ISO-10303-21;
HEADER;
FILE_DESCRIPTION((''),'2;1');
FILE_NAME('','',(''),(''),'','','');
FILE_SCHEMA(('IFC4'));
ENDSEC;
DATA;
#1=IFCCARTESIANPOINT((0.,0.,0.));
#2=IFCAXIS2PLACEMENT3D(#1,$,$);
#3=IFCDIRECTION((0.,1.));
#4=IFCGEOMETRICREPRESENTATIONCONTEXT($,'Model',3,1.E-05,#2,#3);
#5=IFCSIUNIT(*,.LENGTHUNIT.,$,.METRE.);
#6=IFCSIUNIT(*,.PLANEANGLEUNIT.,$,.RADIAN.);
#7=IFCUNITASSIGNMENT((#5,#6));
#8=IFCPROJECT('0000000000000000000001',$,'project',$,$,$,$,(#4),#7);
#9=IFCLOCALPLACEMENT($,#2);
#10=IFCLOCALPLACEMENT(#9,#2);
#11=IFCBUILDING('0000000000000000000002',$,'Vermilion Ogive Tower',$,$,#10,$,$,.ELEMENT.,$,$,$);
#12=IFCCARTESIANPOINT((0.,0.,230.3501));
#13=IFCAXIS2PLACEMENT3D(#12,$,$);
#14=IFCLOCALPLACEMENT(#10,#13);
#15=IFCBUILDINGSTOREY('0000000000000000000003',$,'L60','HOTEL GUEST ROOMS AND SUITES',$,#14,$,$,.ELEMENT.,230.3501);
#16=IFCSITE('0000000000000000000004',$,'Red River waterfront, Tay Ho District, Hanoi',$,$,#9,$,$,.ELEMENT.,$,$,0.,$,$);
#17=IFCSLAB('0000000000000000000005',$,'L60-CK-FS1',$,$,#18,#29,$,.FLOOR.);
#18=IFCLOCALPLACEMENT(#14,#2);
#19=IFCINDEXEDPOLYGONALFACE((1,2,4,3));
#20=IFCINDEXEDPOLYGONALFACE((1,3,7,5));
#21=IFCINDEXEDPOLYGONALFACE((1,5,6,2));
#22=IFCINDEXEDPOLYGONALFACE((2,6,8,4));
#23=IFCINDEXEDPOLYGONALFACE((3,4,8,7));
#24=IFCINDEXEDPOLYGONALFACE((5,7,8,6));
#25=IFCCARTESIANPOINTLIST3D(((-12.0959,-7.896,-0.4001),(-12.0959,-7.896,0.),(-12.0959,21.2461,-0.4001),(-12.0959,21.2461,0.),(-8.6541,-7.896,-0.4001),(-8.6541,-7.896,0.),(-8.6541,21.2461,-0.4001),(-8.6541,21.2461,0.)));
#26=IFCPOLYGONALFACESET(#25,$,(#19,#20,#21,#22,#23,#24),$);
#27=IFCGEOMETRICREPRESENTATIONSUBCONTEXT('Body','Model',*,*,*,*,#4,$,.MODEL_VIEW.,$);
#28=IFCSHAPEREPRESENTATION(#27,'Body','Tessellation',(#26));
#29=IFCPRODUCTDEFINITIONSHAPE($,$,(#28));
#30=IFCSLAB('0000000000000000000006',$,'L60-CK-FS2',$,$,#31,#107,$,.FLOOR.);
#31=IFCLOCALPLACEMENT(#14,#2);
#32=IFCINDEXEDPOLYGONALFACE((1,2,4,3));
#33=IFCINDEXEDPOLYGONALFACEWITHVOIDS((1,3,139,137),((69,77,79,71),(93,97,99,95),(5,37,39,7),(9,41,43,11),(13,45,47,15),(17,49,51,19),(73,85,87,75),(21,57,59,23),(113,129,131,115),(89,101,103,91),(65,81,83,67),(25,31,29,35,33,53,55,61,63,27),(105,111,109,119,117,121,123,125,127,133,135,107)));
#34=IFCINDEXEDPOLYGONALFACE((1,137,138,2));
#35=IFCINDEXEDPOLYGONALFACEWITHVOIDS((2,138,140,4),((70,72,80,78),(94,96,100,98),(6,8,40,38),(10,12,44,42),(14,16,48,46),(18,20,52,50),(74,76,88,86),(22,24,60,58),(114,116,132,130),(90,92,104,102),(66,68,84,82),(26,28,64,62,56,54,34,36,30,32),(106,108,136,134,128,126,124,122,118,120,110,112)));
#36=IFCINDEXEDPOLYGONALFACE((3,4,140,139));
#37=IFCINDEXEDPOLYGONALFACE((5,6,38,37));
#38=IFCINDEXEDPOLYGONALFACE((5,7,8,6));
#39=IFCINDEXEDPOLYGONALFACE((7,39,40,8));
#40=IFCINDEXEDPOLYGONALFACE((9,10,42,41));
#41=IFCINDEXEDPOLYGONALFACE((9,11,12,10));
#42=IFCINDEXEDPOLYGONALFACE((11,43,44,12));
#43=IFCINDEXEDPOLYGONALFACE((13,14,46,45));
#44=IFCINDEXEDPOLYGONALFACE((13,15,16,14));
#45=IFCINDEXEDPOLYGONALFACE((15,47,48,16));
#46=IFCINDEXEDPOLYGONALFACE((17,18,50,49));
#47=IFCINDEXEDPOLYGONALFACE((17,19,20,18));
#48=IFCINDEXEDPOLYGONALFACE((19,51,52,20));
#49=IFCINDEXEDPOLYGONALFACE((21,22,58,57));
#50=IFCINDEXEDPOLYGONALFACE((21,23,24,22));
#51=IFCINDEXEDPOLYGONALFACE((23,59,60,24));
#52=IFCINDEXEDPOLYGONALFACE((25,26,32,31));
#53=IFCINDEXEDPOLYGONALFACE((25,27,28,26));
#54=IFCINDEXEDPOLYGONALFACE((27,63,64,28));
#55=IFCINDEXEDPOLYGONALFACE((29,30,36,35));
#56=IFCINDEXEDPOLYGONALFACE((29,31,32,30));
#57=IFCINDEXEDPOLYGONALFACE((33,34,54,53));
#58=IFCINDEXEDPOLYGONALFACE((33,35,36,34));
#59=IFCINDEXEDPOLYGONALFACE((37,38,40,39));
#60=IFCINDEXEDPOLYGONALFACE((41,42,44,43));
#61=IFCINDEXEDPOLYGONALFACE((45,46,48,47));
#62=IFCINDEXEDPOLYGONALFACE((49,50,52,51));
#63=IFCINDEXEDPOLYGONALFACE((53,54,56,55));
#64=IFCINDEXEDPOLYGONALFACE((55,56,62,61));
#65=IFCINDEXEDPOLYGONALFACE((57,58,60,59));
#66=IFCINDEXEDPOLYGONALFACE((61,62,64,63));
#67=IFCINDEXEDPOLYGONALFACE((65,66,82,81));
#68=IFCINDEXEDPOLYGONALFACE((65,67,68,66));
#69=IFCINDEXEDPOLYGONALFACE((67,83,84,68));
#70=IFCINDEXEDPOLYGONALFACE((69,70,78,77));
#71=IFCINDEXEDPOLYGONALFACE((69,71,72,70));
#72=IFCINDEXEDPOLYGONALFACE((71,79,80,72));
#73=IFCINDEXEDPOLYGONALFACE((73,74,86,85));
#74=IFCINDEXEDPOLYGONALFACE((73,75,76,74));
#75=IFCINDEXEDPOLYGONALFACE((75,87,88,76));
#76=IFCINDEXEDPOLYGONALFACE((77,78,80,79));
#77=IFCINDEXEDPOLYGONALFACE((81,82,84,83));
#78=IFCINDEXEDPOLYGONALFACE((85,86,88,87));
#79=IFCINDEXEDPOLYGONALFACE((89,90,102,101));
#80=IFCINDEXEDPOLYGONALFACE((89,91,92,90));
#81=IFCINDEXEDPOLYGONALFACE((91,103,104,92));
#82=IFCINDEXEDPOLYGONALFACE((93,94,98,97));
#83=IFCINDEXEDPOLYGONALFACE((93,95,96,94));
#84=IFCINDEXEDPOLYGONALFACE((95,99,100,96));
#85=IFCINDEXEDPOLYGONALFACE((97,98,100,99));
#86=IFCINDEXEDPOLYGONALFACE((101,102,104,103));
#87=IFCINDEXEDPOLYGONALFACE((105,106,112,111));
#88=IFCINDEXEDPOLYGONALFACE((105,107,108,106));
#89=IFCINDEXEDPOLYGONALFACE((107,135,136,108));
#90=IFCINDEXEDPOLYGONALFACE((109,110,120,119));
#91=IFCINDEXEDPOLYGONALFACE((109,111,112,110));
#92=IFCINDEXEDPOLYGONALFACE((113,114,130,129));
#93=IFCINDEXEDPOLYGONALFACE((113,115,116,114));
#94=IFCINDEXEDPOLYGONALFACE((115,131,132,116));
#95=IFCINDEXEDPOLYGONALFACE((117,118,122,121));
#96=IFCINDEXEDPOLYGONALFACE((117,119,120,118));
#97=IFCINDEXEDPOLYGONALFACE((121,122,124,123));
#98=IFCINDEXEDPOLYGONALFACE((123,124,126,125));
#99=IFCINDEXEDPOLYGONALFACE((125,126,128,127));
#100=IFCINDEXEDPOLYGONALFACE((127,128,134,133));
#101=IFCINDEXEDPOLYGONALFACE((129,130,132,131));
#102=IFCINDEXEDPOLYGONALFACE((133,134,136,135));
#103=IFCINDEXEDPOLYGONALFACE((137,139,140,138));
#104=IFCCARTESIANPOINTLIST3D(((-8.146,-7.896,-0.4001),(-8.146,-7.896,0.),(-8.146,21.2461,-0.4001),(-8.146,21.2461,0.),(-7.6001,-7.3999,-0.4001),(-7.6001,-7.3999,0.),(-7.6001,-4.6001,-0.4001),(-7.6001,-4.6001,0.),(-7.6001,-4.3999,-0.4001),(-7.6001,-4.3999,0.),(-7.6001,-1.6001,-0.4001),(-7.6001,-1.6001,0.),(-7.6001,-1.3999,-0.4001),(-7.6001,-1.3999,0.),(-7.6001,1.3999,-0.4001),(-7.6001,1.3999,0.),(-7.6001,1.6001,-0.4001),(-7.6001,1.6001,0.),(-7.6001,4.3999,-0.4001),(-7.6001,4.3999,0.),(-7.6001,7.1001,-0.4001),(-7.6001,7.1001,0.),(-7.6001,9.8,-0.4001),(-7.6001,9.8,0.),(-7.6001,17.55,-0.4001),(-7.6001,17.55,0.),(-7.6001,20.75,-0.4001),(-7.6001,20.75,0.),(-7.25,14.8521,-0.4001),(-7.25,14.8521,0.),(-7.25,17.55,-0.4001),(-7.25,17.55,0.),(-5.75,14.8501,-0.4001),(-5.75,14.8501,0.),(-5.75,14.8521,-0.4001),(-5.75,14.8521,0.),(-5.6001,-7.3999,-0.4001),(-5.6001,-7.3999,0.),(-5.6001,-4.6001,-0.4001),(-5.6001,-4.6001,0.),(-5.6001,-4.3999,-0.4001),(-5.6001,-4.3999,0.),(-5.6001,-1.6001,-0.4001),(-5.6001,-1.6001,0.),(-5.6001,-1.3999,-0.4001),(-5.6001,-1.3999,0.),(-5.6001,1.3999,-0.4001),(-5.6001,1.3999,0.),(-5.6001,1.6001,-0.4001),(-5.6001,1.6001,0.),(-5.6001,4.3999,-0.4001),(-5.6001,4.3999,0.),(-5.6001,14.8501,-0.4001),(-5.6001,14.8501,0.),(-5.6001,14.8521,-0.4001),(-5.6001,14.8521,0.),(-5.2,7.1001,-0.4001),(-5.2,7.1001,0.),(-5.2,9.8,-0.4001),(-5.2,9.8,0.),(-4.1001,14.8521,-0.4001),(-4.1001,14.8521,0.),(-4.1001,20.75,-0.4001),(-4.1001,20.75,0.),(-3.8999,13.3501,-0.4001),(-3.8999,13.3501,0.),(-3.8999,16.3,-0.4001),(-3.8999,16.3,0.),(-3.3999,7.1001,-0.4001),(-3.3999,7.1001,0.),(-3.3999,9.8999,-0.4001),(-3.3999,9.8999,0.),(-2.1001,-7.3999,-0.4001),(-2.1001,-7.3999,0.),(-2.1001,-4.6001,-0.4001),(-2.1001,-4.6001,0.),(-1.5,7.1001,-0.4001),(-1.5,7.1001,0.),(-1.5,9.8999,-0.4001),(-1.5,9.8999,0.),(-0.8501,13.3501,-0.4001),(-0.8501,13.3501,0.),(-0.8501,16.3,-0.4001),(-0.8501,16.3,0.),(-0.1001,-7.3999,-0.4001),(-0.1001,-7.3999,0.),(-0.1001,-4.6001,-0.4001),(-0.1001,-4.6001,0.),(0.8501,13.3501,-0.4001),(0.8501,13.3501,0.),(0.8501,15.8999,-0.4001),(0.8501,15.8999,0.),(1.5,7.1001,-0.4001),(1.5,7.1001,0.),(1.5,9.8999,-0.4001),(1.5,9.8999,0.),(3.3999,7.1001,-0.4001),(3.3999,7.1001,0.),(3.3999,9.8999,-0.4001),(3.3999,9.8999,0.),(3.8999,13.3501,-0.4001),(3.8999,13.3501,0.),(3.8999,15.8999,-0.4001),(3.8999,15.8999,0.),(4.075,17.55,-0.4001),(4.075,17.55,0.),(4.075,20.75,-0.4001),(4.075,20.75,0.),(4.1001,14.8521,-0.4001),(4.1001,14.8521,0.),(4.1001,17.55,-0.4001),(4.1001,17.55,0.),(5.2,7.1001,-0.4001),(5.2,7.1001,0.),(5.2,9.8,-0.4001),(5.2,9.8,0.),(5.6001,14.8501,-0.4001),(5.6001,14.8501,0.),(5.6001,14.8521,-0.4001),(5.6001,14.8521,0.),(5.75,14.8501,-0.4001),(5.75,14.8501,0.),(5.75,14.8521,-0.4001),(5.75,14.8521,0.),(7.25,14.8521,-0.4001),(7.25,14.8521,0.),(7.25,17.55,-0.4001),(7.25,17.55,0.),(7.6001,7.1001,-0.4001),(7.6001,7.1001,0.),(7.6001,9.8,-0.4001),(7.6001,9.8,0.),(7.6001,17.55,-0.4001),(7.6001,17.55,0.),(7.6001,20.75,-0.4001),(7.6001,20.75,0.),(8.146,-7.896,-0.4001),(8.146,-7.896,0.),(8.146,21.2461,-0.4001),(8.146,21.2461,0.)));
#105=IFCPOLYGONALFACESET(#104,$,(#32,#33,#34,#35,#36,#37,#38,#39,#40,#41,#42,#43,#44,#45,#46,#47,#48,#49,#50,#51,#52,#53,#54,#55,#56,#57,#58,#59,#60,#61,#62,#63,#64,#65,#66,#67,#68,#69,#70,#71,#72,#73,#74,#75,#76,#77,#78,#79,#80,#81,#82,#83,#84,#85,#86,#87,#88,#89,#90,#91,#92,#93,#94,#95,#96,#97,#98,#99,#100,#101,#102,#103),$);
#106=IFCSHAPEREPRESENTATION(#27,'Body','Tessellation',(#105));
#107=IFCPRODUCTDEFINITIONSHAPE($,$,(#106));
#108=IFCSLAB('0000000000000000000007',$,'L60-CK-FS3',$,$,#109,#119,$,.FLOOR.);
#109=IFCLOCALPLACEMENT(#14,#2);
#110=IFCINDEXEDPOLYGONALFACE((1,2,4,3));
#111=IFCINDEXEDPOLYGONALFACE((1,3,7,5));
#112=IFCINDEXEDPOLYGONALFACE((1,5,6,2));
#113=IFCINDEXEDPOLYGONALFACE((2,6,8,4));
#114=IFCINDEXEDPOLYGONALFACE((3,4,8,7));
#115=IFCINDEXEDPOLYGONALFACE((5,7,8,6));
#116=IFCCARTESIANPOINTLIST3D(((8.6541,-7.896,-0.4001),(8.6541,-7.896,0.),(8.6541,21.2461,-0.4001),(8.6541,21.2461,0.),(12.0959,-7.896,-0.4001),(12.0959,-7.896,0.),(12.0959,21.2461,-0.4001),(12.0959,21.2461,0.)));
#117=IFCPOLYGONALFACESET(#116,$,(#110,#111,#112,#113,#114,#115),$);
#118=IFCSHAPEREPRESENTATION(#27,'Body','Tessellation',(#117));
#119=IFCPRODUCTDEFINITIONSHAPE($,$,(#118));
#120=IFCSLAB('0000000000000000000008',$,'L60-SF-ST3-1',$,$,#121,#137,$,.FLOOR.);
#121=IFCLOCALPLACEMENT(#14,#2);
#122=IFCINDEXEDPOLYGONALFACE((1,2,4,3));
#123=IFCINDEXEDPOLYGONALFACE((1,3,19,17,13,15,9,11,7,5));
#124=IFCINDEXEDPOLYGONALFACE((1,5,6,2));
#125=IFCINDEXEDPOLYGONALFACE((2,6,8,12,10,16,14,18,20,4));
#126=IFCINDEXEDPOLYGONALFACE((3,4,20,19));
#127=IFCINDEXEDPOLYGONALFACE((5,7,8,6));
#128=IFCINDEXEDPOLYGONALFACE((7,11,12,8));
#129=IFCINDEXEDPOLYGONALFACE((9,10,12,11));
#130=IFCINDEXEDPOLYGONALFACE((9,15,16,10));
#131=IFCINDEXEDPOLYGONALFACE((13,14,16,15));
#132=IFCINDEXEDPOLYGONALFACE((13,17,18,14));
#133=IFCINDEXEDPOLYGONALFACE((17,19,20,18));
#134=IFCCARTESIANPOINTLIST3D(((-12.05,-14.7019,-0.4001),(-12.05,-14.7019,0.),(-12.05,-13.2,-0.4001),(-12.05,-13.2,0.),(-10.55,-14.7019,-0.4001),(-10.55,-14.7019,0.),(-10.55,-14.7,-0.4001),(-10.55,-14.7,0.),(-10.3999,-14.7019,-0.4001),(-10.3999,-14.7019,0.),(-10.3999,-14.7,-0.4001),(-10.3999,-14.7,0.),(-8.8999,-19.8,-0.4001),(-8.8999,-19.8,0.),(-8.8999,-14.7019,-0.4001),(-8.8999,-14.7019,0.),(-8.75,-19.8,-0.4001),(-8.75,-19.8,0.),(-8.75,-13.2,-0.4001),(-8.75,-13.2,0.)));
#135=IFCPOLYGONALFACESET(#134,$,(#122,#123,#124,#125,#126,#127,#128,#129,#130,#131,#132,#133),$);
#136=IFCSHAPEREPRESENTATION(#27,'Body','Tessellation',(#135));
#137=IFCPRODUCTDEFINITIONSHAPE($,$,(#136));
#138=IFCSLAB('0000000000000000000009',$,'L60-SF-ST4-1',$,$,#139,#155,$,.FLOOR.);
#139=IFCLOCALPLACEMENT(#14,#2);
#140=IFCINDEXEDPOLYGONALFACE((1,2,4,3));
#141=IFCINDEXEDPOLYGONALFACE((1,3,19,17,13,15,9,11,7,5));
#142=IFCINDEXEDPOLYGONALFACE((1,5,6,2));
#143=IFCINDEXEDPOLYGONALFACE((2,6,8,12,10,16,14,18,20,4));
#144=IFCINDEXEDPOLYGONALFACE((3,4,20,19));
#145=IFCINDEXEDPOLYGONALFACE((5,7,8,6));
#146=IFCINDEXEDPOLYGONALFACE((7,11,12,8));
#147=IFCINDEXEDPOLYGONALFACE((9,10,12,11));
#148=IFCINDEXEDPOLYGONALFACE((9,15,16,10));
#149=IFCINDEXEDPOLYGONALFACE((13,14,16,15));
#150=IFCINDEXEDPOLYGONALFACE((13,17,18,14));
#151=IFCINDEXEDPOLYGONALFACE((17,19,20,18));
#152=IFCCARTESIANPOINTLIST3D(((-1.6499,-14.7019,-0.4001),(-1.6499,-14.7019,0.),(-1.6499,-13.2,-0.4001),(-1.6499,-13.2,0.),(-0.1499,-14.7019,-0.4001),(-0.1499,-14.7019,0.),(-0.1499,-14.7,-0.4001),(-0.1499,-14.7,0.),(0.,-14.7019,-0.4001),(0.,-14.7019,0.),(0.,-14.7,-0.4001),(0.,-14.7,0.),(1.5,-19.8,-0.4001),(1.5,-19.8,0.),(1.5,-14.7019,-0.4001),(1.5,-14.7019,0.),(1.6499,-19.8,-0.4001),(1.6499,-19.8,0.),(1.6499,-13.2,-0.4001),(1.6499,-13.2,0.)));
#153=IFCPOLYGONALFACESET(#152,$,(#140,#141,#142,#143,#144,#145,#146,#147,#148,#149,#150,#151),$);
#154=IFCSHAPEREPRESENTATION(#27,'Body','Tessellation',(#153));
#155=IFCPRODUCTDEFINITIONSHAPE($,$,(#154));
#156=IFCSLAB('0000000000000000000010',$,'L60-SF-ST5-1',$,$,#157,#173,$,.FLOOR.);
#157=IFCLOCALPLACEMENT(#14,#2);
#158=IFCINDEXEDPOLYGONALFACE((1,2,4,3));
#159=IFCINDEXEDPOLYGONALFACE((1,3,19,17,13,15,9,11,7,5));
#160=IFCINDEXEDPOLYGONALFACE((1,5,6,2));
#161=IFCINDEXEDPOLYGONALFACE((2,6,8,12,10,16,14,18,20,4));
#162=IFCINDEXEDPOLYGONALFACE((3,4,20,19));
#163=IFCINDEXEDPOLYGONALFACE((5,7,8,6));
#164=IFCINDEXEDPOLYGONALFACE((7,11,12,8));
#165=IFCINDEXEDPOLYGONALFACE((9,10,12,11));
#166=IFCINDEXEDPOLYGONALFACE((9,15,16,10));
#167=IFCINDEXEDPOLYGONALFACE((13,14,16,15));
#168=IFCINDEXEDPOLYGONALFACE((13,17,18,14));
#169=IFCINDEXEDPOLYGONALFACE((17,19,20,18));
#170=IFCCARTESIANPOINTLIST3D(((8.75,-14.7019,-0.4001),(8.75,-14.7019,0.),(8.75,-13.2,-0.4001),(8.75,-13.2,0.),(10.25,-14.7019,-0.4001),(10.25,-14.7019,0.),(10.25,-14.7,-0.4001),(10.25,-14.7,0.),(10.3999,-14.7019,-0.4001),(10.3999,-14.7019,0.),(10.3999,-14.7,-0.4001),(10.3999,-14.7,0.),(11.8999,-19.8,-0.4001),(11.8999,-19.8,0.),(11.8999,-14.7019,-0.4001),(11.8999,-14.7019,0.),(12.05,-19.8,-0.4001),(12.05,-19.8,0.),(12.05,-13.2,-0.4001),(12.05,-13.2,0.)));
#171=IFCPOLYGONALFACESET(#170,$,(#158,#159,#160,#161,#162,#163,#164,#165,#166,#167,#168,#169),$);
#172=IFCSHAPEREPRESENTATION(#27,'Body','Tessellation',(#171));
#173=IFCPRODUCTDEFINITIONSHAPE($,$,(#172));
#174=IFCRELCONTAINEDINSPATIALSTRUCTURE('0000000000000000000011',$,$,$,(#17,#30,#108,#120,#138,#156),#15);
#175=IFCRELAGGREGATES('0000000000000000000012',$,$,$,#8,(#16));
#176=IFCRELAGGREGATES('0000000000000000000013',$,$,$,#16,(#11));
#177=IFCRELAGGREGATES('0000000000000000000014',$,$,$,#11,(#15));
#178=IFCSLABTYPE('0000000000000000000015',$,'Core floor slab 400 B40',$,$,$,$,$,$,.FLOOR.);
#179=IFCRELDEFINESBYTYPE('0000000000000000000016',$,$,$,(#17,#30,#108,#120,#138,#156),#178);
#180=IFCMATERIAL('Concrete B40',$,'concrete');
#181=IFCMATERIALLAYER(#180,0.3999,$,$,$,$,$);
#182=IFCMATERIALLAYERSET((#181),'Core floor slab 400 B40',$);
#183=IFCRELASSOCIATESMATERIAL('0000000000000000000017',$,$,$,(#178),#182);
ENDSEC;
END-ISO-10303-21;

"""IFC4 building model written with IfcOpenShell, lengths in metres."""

from ifc_helpers import new_model, si_unit, direction, frame, origin, place, context, subcontext, project, spatial, polyline, outline, extrude, material, layer, layer_set, type_object, element, save


model = new_model("IFC4")

# Units and contexts
model_context = context("Model", 3, precision=1e-05, world=origin(), true_north=direction((0.0, 1.0)))
body_context = subcontext(model_context, "Body", "Model", "MODEL_VIEW")
ifc_project = project(units=[si_unit("LENGTHUNIT", "METRE"), si_unit("PLANEANGLEUNIT", "RADIAN")], contexts=[model_context])

# Site, building, storey
site_placement = place(None, origin())
site = spatial("IfcSite", under=ifc_project, at=site_placement, Name="Red River waterfront, Tay Ho District, Hanoi", CompositionType="ELEMENT", RefElevation=0.0)
building_placement = place(site_placement, origin())
building = spatial("IfcBuilding", under=site, at=building_placement, Name="Vermilion Ogive Tower", CompositionType="ELEMENT")
storey_placement = place(building_placement, frame((0.0, 0.0, 230.3501)))
storey = spatial("IfcBuildingStorey", under=building, at=storey_placement, Name="L60", Description="HOTEL GUEST ROOMS AND SUITES", CompositionType="ELEMENT", Elevation=230.3501)

# Slabs
ifc_material_1 = material(Name="Concrete B40", Category="concrete")
ifc_layer_1 = layer(ifc_material_1, 0.3999)
ifc_layer_set_1 = layer_set([ifc_layer_1], Name="Core floor slab 400 B40")
slab_type_1 = type_object("IfcSlabType", Name="Core floor slab 400 B40", PredefinedType="FLOOR", material=ifc_layer_set_1)
slab_1_placement = place(storey_placement, frame((0.0, 0.0, -0.4001)))
element("IfcSlab", 1, at=slab_1_placement, inside=storey, type_object=slab_type_1, Name="L60-CK-FS1", PredefinedType="FLOOR", context=body_context, shape_type="SweptSolid", body=[
    extrude(outline(polyline([(-8.6541, 21.2461), (-8.6541, -7.896), (-12.0959, -7.896), (-12.0959, 21.2461), (-8.6541, 21.2461)])), origin(), (0.0, 0.0, 1.0), 0.4001),
])
slab_2_placement = place(storey_placement, frame((0.0, 0.0, -0.4001)))
element("IfcSlab", 2, at=slab_2_placement, inside=storey, type_object=slab_type_1, Name="L60-CK-FS2", PredefinedType="FLOOR", context=body_context, shape_type="SweptSolid", body=[
    extrude(outline(polyline([(-8.146, -7.896), (8.146, -7.896), (8.146, 21.2461), (-8.146, 21.2461), (-8.146, -7.896)]), holes=[polyline([(-7.6001, -7.3999), (-7.6001, -4.6001), (-5.6001, -4.6001), (-5.6001, -7.3999), (-7.6001, -7.3999)]), polyline([(-7.6001, -4.3999), (-7.6001, -1.6001), (-5.6001, -1.6001), (-5.6001, -4.3999), (-7.6001, -4.3999)]), polyline([(-7.6001, -1.3999), (-7.6001, 1.3999), (-5.6001, 1.3999), (-5.6001, -1.3999), (-7.6001, -1.3999)]), polyline([(-7.6001, 1.6001), (-7.6001, 4.3999), (-5.6001, 4.3999), (-5.6001, 1.6001), (-7.6001, 1.6001)]), polyline([(-7.6001, 7.1001), (-7.6001, 9.8), (-5.2, 9.8), (-5.2, 7.1001), (-7.6001, 7.1001)]), polyline([(-3.3999, 9.8999), (-1.5, 9.8999), (-1.5, 7.1001), (-3.3999, 7.1001), (-3.3999, 9.8999)]), polyline([(-7.6001, 17.55), (-7.6001, 20.75), (-4.1001, 20.75), (-4.1001, 14.8521), (-5.6001, 14.8521), (-5.6001, 14.8501), (-5.75, 14.8501), (-5.75, 14.8521), (-7.25, 14.8521), (-7.25, 17.55), (-7.6001, 17.55)]), polyline([(-2.1001, -7.3999), (-2.1001, -4.6001), (-0.1001, -4.6001), (-0.1001, -7.3999), (-2.1001, -7.3999)]), polyline([(5.2, 7.1001), (5.2, 9.8), (7.6001, 9.8), (7.6001, 7.1001), (5.2, 7.1001)]), polyline([(1.5, 7.1001), (1.5, 9.8999), (3.3999, 9.8999), (3.3999, 7.1001), (1.5, 7.1001)]), polyline([(0.8501, 13.3501), (0.8501, 15.8999), (3.8999, 15.8999), (3.8999, 13.3501), (0.8501, 13.3501)]), polyline([(-3.8999, 16.3), (-0.8501, 16.3), (-0.8501, 13.3501), (-3.8999, 13.3501), (-3.8999, 16.3)]), polyline([(5.75, 14.8501), (5.6001, 14.8501), (5.6001, 14.8521), (4.1001, 14.8521), (4.1001, 17.55), (4.075, 17.55), (4.075, 20.75), (7.6001, 20.75), (7.6001, 17.55), (7.25, 17.55), (7.25, 14.8521), (5.75, 14.8521), (5.75, 14.8501)])]), origin(), (0.0, 0.0, 1.0), 0.4001),
])
slab_3_placement = place(storey_placement, frame((0.0, 0.0, -0.4001)))
element("IfcSlab", 3, at=slab_3_placement, inside=storey, type_object=slab_type_1, Name="L60-CK-FS3", PredefinedType="FLOOR", context=body_context, shape_type="SweptSolid", body=[
    extrude(outline(polyline([(8.6541, 21.2461), (12.0959, 21.2461), (12.0959, -7.896), (8.6541, -7.896), (8.6541, 21.2461)])), origin(), (0.0, 0.0, 1.0), 0.4001),
])
slab_4_placement = place(storey_placement, frame((0.0, 0.0, -0.4001)))
element("IfcSlab", 4, at=slab_4_placement, inside=storey, type_object=slab_type_1, Name="L60-SF-ST3-1", PredefinedType="FLOOR", context=body_context, shape_type="SweptSolid", body=[
    extrude(outline(polyline([(-12.05, -13.2), (-12.05, -14.7019), (-10.55, -14.7019), (-10.55, -14.7), (-10.3999, -14.7), (-10.3999, -14.7019), (-8.8999, -14.7019), (-8.8999, -19.8), (-8.75, -19.8), (-8.75, -13.2), (-12.05, -13.2)])), origin(), (0.0, 0.0, 1.0), 0.4001),
])
slab_5_placement = place(storey_placement, frame((0.0, 0.0, -0.4001)))
element("IfcSlab", 5, at=slab_5_placement, inside=storey, type_object=slab_type_1, Name="L60-SF-ST4-1", PredefinedType="FLOOR", context=body_context, shape_type="SweptSolid", body=[
    extrude(outline(polyline([(-1.6499, -13.2), (-1.6499, -14.7019), (-0.1499, -14.7019), (-0.1499, -14.7), (0.0, -14.7), (0.0, -14.7019), (1.5, -14.7019), (1.5, -19.8), (1.6499, -19.8), (1.6499, -13.2), (-1.6499, -13.2)])), origin(), (0.0, 0.0, 1.0), 0.4001),
])
slab_6_placement = place(storey_placement, frame((0.0, 0.0, -0.4001)))
element("IfcSlab", 6, at=slab_6_placement, inside=storey, type_object=slab_type_1, Name="L60-SF-ST5-1", PredefinedType="FLOOR", context=body_context, shape_type="SweptSolid", body=[
    extrude(outline(polyline([(8.75, -13.2), (8.75, -14.7019), (10.25, -14.7019), (10.25, -14.7), (10.3999, -14.7), (10.3999, -14.7019), (11.8999, -14.7019), (11.8999, -19.8), (12.05, -19.8), (12.05, -13.2), (8.75, -13.2)])), origin(), (0.0, 0.0, 1.0), 0.4001),
])

save(model, "model.ifc")
